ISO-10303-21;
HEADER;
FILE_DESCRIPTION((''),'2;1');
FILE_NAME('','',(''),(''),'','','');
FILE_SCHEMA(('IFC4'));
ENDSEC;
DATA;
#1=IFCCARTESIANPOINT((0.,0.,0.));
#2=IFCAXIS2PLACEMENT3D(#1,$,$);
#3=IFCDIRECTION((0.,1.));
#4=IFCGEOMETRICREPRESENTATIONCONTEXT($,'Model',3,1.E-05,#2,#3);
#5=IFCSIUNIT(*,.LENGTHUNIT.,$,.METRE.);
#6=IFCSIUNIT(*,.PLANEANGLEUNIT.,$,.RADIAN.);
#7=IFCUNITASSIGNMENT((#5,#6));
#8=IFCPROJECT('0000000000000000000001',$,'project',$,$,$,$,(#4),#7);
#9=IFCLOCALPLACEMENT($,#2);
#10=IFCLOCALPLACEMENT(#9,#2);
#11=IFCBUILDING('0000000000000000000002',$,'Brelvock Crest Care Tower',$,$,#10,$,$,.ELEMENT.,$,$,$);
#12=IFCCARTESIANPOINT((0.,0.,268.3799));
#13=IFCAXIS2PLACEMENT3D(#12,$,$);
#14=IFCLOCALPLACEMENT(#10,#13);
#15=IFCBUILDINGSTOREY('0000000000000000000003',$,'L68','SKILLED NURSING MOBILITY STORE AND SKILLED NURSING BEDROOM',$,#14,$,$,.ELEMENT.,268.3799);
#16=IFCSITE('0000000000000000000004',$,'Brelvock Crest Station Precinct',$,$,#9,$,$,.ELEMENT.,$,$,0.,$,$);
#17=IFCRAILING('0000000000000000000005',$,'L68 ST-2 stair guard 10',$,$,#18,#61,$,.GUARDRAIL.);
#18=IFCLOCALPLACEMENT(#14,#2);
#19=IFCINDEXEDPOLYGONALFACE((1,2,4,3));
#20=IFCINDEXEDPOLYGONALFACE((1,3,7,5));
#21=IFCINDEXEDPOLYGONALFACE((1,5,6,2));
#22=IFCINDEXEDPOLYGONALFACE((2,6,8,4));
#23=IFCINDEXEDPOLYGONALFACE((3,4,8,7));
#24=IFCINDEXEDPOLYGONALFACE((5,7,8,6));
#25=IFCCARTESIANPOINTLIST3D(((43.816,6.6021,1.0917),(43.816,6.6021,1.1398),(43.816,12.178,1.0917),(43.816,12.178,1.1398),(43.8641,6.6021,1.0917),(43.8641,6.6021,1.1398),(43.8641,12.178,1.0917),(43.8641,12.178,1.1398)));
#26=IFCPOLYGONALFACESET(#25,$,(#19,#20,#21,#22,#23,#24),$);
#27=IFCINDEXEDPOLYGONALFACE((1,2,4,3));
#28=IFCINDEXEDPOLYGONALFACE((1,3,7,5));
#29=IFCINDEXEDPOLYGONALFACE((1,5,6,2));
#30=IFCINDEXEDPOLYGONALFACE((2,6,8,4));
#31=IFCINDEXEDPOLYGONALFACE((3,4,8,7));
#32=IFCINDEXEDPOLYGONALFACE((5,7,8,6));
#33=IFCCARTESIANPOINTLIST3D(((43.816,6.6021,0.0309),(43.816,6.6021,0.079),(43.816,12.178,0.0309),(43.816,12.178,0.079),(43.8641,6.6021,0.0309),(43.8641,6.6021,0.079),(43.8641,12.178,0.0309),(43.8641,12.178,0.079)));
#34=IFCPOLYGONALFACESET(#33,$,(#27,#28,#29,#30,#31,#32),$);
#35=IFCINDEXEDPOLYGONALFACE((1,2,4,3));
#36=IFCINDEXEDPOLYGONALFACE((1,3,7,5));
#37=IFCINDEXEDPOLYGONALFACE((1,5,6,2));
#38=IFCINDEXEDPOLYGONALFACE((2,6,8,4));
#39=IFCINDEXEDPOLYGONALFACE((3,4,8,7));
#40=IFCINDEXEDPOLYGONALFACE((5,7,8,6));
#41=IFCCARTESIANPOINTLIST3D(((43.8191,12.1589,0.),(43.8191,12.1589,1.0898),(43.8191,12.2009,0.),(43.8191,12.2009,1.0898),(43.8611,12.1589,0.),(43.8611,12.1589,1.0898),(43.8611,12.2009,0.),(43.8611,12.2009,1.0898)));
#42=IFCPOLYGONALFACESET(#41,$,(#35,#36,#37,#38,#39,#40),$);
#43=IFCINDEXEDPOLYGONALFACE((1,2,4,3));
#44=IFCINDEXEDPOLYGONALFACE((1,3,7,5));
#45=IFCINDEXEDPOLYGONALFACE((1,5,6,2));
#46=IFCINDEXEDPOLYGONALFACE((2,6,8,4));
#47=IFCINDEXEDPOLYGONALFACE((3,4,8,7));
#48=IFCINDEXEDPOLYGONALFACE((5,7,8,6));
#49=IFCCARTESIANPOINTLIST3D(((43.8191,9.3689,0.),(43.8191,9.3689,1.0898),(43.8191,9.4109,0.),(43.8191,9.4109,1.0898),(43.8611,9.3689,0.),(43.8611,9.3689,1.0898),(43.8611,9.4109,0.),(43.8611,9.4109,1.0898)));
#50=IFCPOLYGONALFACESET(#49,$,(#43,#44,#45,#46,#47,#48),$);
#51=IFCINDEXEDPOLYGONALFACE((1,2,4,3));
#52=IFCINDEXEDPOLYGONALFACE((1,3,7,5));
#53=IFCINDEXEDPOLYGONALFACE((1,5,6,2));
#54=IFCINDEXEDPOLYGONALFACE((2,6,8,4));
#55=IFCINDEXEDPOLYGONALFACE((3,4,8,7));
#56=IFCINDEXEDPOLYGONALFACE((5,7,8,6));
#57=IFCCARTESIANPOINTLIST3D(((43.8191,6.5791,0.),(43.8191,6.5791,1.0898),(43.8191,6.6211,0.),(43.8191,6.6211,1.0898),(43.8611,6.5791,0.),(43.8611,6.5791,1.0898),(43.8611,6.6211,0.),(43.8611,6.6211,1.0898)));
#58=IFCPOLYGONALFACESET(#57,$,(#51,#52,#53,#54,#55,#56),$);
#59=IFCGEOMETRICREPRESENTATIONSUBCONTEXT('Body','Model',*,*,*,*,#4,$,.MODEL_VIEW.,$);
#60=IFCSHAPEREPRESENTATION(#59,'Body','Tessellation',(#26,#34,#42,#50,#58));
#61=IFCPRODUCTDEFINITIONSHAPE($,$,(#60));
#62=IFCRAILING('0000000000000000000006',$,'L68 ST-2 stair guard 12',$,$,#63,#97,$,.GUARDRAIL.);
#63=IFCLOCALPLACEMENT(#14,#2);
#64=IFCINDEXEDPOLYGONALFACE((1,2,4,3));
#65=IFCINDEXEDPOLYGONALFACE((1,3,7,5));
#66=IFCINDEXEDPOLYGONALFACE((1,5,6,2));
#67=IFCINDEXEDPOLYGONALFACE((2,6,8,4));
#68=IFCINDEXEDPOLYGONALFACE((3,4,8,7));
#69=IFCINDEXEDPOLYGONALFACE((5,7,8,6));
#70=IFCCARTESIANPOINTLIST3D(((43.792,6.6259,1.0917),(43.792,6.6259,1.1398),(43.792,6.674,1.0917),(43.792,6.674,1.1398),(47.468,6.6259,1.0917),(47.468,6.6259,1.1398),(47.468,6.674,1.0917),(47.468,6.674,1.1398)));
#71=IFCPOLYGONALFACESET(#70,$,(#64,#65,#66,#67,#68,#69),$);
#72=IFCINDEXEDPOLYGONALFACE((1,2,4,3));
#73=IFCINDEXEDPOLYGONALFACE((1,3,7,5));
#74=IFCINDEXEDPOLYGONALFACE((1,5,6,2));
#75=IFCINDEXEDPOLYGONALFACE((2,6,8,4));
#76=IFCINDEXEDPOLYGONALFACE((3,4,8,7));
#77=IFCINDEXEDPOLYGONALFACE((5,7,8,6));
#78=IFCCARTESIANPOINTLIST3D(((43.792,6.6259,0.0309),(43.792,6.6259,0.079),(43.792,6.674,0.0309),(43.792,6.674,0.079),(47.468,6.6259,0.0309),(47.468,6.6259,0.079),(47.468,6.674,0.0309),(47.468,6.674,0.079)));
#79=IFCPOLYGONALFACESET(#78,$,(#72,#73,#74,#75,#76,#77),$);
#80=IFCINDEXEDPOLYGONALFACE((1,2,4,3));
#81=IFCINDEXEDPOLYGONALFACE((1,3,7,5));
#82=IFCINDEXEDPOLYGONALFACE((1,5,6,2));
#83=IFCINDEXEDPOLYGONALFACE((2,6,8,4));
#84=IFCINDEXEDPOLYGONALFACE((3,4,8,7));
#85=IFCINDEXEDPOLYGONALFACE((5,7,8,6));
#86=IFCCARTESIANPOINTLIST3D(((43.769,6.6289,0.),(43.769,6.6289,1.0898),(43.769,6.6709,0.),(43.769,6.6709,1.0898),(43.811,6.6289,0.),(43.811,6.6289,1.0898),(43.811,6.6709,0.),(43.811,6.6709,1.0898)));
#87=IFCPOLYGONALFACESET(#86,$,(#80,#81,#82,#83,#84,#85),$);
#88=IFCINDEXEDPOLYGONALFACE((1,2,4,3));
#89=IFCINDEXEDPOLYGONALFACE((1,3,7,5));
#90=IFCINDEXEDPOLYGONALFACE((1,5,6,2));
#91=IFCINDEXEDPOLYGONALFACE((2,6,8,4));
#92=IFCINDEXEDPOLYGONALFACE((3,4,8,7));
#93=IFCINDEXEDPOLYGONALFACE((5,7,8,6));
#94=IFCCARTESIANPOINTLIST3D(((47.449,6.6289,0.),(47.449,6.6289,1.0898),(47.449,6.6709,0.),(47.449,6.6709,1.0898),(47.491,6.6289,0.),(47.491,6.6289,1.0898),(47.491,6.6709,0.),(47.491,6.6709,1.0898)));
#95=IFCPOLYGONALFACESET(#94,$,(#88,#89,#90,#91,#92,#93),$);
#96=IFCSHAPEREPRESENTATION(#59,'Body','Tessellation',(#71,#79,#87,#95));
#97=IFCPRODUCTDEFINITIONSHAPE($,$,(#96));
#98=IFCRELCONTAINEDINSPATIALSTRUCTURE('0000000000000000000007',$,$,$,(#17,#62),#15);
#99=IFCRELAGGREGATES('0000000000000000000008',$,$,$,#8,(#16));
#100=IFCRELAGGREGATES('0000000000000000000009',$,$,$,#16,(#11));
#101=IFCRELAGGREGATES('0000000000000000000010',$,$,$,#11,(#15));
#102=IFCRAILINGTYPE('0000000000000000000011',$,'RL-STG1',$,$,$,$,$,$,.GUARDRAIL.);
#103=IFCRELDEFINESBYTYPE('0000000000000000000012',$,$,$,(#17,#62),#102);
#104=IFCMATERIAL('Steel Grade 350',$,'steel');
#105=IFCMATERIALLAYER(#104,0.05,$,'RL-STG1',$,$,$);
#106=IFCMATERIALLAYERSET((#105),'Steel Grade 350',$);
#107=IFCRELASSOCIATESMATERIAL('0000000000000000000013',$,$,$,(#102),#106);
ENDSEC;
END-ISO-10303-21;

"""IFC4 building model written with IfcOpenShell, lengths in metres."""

from ifc_helpers import new_model, si_unit, direction, frame, origin, origin_2d, place, context, subcontext, project, spatial, rectangle, extrude, material, layer, layer_set, type_object, element, save


model = new_model("IFC4")

# Units and contexts
model_context = context("Model", 3, precision=1e-05, world=origin(), true_north=direction((0.0, 1.0)))
body_context = subcontext(model_context, "Body", "Model", "MODEL_VIEW")
ifc_project = project(units=[si_unit("LENGTHUNIT", "METRE"), si_unit("PLANEANGLEUNIT", "RADIAN")], contexts=[model_context])

# Site, building, storey
site_placement = place(None, origin())
site = spatial("IfcSite", under=ifc_project, at=site_placement, Name="Brelvock Crest Station Precinct", CompositionType="ELEMENT", RefElevation=0.0)
building_placement = place(site_placement, origin())
building = spatial("IfcBuilding", under=site, at=building_placement, Name="Brelvock Crest Care Tower", CompositionType="ELEMENT")
storey_placement = place(building_placement, frame((0.0, 0.0, 268.3799)))
storey = spatial("IfcBuildingStorey", under=building, at=storey_placement, Name="L68", Description="SKILLED NURSING MOBILITY STORE AND SKILLED NURSING BEDROOM", CompositionType="ELEMENT", Elevation=268.3799)

# Shared definitions
ifc_material_1 = material(Name="Steel Grade 350", Category="steel")

# Railings
ifc_layer_1 = layer(ifc_material_1, 0.05, Name="RL-STG1")
ifc_layer_set_1 = layer_set([ifc_layer_1], Name="Steel Grade 350")
railing_type = type_object("IfcRailingType", Name="RL-STG1", PredefinedType="GUARDRAIL", material=ifc_layer_set_1)
railing_1_placement = place(storey_placement, frame((43.8401, 12.1799, 0.0)))
element("IfcRailing", 1, at=railing_1_placement, inside=storey, type_object=railing_type, Name="L68 ST-2 stair guard 10", PredefinedType="GUARDRAIL", context=body_context, shape_type="SweptSolid", body=[
    extrude(rectangle(XDim=0.0481, YDim=0.0481, at=origin_2d()), frame((0.0, -0.002, 1.1157), z_axis=(0.0, -1.0, 0.0), x_axis=(1.0, 0.0, 0.0)), (0.0, 0.0, 1.0), 5.5759),
    extrude(rectangle(XDim=0.0481, YDim=0.0481, at=origin_2d()), frame((0.0, -0.002, 0.0549), z_axis=(0.0, -1.0, 0.0), x_axis=(1.0, 0.0, 0.0)), (0.0, 0.0, 1.0), 5.5759),
    extrude(rectangle(XDim=0.042, YDim=0.042, at=origin_2d()), origin(), (0.0, 0.0, 1.0), 1.0898),
    extrude(rectangle(XDim=0.042, YDim=0.042, at=origin_2d()), frame((0.0, -2.79, 0.0)), (0.0, 0.0, 1.0), 1.0898),
    extrude(rectangle(XDim=0.042, YDim=0.042, at=origin_2d()), frame((0.0, -5.5798, 0.0)), (0.0, 0.0, 1.0), 1.0898),
])
railing_2_placement = place(storey_placement, frame((43.79, 6.6499, 0.0)))
element("IfcRailing", 2, at=railing_2_placement, inside=storey, type_object=railing_type, Name="L68 ST-2 stair guard 12", PredefinedType="GUARDRAIL", context=body_context, shape_type="SweptSolid", body=[
    extrude(rectangle(XDim=0.0481, YDim=0.0481, at=origin_2d()), frame((0.002, 0.0, 1.1157), z_axis=(1.0, 0.0, 0.0), x_axis=(0.0, 1.0, 0.0)), (0.0, 0.0, 1.0), 3.676),
    extrude(rectangle(XDim=0.0481, YDim=0.0481, at=origin_2d()), frame((0.002, 0.0, 0.0549), z_axis=(1.0, 0.0, 0.0), x_axis=(0.0, 1.0, 0.0)), (0.0, 0.0, 1.0), 3.676),
    extrude(rectangle(XDim=0.042, YDim=0.042, at=origin_2d()), origin(), (0.0, 0.0, 1.0), 1.0898),
    extrude(rectangle(XDim=0.042, YDim=0.042, at=origin_2d()), frame((3.6799, 0.0, 0.0)), (0.0, 0.0, 1.0), 1.0898),
])

save(model, "model.ifc")
